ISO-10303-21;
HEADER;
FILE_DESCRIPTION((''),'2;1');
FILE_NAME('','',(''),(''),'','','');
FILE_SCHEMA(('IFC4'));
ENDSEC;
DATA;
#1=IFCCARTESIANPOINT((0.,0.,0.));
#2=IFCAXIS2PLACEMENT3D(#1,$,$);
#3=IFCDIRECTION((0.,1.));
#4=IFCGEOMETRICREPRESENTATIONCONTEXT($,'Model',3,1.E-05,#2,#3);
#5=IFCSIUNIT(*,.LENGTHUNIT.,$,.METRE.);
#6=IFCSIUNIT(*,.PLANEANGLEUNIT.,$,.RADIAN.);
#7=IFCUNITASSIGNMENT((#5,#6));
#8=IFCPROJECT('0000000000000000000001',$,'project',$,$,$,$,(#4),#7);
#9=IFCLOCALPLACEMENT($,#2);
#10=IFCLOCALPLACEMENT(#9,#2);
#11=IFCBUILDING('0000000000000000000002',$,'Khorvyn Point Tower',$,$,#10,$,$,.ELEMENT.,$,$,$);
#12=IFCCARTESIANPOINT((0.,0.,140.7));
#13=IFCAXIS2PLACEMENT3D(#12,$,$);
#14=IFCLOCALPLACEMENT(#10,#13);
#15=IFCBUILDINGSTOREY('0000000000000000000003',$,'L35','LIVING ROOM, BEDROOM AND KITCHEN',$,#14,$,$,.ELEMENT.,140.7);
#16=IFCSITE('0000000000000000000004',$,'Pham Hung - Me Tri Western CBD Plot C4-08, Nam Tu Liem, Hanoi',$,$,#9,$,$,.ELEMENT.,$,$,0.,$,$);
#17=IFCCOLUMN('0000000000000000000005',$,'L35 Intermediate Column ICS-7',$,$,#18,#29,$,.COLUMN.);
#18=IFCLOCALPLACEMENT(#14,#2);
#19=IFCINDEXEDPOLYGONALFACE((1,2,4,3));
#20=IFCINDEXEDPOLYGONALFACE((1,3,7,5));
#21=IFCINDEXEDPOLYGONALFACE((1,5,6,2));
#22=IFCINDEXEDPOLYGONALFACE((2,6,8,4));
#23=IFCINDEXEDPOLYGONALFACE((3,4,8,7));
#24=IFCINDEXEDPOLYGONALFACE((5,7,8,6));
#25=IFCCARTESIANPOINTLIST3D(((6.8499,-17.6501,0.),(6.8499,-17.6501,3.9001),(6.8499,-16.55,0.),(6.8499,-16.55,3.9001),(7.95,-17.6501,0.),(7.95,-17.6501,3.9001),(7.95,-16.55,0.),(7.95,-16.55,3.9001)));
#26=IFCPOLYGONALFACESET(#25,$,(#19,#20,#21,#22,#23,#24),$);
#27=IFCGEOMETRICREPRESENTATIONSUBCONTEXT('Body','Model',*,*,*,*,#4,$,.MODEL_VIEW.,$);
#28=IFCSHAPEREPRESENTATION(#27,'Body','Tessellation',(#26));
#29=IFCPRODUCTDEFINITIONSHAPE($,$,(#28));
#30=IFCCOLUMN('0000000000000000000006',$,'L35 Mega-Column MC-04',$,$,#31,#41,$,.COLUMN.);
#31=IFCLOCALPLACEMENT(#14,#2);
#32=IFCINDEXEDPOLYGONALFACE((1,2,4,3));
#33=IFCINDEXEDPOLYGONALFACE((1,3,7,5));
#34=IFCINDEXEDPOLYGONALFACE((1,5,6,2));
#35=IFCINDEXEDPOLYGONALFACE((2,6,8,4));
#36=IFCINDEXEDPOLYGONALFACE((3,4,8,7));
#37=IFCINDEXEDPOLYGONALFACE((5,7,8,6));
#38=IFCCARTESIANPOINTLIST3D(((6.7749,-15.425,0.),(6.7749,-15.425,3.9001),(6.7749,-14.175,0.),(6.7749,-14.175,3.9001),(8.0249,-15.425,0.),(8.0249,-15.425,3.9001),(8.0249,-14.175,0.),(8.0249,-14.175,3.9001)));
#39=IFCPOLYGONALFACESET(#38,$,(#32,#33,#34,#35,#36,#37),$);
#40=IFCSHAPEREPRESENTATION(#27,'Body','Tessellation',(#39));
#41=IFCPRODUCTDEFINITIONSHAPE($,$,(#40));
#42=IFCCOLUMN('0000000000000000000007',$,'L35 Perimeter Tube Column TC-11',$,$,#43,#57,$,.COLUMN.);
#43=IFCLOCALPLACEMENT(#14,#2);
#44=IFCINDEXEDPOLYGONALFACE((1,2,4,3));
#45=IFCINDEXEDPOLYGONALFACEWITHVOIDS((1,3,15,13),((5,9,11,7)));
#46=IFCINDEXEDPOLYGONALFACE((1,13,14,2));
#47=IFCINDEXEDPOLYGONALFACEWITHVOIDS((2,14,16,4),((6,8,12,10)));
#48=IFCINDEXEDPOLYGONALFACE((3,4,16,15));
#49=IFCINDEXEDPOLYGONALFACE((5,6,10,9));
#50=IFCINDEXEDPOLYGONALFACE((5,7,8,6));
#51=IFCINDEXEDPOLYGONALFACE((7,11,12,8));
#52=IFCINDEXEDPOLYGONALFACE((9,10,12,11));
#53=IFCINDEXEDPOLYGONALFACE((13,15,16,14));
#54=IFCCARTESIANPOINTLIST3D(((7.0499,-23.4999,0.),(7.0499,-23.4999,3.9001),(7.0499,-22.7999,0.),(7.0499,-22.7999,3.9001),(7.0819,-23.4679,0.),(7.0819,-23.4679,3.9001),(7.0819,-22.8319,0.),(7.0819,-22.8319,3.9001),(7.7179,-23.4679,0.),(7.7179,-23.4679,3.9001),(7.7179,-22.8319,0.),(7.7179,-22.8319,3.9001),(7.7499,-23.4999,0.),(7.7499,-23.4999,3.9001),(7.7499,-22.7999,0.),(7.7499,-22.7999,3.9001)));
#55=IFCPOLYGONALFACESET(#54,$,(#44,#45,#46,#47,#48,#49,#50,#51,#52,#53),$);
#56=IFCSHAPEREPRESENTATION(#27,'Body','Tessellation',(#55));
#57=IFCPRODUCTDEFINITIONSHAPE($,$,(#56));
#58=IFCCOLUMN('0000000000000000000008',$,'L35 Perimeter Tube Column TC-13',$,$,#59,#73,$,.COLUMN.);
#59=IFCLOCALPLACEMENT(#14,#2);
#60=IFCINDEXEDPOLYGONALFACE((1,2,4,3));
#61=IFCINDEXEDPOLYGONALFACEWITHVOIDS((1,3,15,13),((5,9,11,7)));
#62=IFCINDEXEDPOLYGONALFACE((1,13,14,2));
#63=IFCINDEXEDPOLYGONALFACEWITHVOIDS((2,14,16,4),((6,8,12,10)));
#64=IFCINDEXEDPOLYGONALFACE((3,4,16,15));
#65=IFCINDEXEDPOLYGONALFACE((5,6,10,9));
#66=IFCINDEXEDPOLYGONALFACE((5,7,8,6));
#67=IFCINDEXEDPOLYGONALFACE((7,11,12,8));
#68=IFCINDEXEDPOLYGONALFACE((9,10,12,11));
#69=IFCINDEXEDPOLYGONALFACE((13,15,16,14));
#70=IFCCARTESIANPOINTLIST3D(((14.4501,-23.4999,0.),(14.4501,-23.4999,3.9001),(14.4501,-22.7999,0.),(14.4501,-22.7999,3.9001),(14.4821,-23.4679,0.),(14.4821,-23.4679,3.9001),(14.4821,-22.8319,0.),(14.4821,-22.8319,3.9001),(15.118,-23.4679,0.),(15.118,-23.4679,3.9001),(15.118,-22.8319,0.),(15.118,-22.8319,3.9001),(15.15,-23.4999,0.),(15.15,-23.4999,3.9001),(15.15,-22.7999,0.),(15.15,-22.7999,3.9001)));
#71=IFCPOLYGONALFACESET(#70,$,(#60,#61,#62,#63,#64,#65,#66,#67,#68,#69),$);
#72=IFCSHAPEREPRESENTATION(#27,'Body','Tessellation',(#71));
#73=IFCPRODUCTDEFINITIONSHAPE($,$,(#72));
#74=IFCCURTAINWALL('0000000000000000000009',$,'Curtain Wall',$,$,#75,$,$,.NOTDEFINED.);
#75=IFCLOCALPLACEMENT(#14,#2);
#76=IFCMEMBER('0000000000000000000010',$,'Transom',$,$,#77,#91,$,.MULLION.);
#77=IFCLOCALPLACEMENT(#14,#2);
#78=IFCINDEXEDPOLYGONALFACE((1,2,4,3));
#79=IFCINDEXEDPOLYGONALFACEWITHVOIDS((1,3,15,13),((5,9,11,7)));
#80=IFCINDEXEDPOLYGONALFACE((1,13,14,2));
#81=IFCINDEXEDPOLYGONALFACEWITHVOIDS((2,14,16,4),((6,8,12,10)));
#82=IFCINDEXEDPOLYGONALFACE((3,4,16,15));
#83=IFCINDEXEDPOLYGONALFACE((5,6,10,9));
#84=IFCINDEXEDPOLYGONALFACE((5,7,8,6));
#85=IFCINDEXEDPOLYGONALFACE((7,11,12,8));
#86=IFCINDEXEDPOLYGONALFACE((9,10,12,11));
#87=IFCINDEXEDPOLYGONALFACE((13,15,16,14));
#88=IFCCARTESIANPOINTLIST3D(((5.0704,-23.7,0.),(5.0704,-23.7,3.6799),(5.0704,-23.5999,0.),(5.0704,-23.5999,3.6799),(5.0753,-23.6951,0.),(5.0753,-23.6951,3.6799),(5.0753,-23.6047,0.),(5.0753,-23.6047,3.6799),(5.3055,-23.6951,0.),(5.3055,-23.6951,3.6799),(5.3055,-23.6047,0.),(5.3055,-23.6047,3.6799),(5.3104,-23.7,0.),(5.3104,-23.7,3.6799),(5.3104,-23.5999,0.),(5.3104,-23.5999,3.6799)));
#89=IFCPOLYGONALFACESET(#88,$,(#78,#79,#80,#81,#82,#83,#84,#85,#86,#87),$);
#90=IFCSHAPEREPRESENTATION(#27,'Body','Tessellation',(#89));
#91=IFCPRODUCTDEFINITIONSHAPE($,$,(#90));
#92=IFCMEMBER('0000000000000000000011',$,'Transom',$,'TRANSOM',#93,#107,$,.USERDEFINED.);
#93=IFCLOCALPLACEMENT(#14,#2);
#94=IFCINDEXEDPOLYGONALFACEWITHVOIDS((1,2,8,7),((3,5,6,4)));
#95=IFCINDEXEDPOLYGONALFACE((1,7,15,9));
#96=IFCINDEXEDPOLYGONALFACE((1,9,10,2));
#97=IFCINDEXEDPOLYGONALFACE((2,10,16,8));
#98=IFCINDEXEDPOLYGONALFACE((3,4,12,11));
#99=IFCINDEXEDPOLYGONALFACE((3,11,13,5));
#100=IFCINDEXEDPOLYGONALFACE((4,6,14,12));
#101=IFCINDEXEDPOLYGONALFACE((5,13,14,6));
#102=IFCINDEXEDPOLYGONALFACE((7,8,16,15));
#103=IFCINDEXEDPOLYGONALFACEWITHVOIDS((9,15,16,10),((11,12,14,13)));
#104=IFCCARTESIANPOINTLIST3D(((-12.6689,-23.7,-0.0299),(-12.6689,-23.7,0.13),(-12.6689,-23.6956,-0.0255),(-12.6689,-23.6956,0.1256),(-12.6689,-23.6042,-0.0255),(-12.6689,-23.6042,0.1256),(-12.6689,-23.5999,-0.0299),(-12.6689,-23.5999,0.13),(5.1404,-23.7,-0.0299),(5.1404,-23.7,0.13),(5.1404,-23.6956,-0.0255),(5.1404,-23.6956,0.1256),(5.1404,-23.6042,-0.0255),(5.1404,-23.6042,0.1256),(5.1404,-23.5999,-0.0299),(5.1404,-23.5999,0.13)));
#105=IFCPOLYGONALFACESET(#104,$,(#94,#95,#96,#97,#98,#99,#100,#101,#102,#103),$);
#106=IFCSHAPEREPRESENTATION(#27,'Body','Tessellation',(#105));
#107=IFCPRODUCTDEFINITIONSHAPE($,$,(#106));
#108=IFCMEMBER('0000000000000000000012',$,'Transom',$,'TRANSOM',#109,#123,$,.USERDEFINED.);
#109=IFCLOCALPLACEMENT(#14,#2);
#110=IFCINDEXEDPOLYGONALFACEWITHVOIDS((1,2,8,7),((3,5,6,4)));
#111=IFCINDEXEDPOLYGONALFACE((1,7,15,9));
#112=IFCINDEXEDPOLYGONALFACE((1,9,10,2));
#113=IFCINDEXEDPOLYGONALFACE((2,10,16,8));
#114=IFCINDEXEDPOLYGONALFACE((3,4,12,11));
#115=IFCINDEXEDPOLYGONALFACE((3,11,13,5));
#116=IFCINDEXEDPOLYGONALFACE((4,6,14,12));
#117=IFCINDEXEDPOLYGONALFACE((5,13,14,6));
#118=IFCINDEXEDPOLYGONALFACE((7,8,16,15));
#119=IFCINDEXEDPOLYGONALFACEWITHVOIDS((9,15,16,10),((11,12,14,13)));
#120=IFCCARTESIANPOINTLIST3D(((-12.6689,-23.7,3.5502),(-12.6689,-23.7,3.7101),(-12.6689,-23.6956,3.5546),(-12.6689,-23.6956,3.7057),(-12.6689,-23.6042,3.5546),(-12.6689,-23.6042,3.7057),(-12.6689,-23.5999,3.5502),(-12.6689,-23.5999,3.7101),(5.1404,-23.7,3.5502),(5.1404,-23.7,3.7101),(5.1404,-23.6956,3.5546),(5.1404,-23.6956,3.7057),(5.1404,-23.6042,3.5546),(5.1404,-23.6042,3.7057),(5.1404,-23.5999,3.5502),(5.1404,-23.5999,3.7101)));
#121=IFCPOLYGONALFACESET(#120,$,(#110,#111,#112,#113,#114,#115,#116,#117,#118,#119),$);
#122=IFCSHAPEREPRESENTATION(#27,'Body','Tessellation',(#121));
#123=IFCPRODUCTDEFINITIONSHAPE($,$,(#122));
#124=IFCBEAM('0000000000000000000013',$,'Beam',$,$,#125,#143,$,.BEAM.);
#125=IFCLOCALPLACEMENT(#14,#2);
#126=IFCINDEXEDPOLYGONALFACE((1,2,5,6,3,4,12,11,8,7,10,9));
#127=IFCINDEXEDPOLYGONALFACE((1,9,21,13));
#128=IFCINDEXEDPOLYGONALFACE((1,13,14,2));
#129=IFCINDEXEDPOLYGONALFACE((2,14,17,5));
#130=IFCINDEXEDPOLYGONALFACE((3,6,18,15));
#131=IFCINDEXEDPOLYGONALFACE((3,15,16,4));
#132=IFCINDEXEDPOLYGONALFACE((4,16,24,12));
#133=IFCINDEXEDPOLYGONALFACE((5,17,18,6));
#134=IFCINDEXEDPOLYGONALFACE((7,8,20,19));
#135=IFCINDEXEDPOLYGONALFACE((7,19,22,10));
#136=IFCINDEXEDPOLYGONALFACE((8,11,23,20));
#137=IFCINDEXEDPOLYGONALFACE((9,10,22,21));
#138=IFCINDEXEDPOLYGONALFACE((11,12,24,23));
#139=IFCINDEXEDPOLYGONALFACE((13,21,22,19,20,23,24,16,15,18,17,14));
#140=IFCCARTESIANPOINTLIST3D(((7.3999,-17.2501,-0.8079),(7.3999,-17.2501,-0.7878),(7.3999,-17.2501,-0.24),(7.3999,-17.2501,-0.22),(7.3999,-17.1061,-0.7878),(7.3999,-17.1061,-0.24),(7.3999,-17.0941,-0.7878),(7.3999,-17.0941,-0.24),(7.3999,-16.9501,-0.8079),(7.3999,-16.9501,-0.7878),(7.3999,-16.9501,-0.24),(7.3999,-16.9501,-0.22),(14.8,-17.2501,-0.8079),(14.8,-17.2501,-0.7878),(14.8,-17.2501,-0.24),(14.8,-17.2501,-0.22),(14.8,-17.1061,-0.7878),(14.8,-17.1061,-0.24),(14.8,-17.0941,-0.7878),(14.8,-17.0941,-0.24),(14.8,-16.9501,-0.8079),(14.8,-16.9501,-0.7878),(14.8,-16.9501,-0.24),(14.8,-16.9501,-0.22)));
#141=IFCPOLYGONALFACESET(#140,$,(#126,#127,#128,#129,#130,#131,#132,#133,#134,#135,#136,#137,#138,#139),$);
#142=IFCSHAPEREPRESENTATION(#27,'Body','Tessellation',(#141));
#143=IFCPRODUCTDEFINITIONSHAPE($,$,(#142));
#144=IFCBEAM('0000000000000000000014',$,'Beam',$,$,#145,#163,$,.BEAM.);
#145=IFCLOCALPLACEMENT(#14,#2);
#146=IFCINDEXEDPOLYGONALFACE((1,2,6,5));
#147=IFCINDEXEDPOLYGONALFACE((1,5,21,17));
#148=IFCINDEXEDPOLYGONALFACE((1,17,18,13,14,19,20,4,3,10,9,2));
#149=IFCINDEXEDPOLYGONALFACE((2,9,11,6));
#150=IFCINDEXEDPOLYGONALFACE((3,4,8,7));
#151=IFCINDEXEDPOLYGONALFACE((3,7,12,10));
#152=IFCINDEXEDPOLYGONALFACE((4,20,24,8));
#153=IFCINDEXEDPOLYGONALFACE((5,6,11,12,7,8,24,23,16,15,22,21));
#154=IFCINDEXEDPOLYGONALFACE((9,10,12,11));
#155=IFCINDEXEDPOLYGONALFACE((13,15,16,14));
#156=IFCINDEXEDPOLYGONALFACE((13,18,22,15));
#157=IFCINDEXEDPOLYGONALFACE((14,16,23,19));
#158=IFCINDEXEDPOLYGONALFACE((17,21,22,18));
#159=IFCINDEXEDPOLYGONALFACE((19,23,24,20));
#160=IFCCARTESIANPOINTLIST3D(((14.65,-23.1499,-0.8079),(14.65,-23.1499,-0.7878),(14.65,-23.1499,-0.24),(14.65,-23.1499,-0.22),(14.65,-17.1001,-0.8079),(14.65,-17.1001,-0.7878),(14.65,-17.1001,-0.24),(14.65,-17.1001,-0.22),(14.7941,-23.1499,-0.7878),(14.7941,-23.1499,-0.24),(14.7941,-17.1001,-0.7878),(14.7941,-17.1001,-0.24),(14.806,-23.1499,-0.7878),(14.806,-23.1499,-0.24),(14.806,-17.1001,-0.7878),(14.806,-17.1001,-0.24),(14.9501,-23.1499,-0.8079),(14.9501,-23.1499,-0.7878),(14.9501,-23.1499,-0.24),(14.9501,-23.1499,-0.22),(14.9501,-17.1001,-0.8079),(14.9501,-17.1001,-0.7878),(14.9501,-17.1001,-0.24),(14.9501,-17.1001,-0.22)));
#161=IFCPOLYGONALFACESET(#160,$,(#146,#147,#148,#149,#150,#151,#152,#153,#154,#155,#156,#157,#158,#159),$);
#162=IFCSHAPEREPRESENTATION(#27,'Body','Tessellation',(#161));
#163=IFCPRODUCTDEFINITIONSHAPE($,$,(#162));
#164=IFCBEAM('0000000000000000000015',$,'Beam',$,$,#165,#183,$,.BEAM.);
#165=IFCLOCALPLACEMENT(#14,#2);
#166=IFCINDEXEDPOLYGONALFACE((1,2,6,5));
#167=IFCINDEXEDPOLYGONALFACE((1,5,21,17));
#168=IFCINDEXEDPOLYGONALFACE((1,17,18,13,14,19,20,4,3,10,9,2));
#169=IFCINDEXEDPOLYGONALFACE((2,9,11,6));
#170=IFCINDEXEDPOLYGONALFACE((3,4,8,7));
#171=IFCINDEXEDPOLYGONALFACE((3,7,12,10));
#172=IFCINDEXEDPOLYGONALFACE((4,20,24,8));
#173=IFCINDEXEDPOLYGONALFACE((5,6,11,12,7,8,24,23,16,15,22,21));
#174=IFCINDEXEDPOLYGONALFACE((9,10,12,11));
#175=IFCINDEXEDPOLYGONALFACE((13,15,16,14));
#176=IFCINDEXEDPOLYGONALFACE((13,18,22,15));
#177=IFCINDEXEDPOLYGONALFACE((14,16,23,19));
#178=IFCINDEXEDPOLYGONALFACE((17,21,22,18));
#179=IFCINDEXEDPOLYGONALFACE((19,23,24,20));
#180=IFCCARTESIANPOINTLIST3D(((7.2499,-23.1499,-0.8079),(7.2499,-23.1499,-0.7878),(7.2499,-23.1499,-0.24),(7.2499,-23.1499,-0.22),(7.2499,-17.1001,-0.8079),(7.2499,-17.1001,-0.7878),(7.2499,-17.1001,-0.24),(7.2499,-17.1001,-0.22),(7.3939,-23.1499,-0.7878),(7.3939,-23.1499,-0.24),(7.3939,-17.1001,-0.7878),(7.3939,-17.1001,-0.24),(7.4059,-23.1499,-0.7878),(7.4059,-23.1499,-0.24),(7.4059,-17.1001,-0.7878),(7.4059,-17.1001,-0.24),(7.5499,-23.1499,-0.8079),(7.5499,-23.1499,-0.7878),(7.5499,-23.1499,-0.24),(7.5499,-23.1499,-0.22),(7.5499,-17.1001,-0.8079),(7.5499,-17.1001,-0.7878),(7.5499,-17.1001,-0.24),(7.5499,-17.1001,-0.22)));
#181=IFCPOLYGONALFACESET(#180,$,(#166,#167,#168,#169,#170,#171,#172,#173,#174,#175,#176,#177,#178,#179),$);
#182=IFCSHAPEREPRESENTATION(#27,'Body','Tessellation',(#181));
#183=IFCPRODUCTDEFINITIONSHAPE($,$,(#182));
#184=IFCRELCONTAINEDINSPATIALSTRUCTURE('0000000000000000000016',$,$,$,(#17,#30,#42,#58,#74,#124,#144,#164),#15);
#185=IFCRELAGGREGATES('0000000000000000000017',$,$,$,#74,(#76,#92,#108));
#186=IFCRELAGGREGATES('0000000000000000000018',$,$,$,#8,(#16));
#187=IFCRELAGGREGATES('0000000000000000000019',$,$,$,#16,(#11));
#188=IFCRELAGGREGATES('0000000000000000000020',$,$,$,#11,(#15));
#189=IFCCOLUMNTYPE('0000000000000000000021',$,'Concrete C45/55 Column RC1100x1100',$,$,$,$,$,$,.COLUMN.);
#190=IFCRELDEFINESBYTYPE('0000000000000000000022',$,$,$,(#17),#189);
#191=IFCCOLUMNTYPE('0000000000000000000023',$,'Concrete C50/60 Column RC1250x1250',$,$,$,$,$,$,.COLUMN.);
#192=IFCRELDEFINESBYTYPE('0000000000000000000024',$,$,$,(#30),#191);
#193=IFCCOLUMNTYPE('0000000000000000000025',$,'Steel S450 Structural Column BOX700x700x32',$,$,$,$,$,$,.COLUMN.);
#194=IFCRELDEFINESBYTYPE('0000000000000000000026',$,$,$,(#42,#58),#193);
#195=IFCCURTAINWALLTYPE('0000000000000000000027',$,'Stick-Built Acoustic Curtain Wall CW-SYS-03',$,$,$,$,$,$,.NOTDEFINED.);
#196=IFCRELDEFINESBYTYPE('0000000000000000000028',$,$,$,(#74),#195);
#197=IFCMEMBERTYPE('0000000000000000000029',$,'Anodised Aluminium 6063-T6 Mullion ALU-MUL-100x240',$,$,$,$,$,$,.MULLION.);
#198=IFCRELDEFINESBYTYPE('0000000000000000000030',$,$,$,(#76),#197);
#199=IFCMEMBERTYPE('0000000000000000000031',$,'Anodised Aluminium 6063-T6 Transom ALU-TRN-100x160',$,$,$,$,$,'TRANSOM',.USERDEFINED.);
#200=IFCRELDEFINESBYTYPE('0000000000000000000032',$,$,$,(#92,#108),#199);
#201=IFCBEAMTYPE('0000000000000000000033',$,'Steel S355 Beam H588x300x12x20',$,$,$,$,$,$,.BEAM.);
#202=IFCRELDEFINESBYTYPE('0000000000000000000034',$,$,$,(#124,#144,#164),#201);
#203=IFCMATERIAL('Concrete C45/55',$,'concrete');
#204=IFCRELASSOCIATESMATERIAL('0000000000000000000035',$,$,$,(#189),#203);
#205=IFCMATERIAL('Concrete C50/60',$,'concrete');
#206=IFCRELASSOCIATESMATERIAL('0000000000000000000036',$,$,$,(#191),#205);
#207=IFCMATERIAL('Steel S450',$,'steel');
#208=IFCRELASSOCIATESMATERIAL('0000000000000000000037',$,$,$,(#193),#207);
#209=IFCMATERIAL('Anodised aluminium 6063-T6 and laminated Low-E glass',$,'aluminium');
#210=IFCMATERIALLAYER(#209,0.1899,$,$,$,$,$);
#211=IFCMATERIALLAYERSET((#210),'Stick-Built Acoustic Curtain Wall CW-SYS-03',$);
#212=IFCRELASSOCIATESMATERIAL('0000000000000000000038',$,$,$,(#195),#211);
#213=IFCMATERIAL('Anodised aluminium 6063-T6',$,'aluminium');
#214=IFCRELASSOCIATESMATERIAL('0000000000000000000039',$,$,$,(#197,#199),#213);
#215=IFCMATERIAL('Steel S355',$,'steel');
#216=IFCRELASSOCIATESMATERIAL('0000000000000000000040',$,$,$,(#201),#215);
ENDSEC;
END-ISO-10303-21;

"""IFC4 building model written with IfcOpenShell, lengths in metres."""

from ifc_helpers import new_model, si_unit, direction, frame, origin, origin_2d, place, context, subcontext, project, spatial, rectangle, hollow_rectangle, i_section, extrude, material, layer, layer_set, material_profile, profile_set, type_object, element, aggregate, save


model = new_model("IFC4")

# Units and contexts
model_context = context("Model", 3, precision=1e-05, world=origin(), true_north=direction((0.0, 1.0)))
body_context = subcontext(model_context, "Body", "Model", "MODEL_VIEW")
ifc_project = project(units=[si_unit("LENGTHUNIT", "METRE"), si_unit("PLANEANGLEUNIT", "RADIAN")], contexts=[model_context])

# Site, building, storey
site_placement = place(None, origin())
site = spatial("IfcSite", under=ifc_project, at=site_placement, Name="Pham Hung - Me Tri Western CBD Plot C4-08, Nam Tu Liem, Hanoi", CompositionType="ELEMENT", RefElevation=0.0)
building_placement = place(site_placement, origin())
building = spatial("IfcBuilding", under=site, at=building_placement, Name="Khorvyn Point Tower", CompositionType="ELEMENT")
storey_placement = place(building_placement, frame((0.0, 0.0, 140.7)))
storey = spatial("IfcBuildingStorey", under=building, at=storey_placement, Name="L35", Description="LIVING ROOM, BEDROOM AND KITCHEN", CompositionType="ELEMENT", Elevation=140.7)

# Columns
ifc_material_1 = material(Name="Concrete C45/55", Category="concrete")
ifc_material_profile_1 = material_profile(ifc_material_1, rectangle(XDim=1.1001, YDim=1.1001, at=origin_2d()))
ifc_profile_set_1 = profile_set([ifc_material_profile_1], Name="Concrete C45/55 RC1100x1100")
column_type_1 = type_object("IfcColumnType", Name="Concrete C45/55 Column RC1100x1100", PredefinedType="COLUMN", material=ifc_profile_set_1)
column_1_placement = place(storey_placement, frame((7.3999, -17.1001, 0.0), z_axis=(0.0, 0.0, 1.0), x_axis=(1.0, 0.0, 0.0)))
element("IfcColumn", 1, at=column_1_placement, inside=storey, type_object=column_type_1, Name="L35 Intermediate Column ICS-7", PredefinedType="COLUMN", context=body_context, shape_type="SweptSolid", body=[
    extrude(rectangle(XDim=1.1001, YDim=1.1001, at=origin_2d()), origin(), (0.0, 0.0, 1.0), 3.9001),
])
ifc_material_2 = material(Name="Concrete C50/60", Category="concrete")
ifc_material_profile_2 = material_profile(ifc_material_2, rectangle(XDim=1.25, YDim=1.25, at=origin_2d()))
ifc_profile_set_2 = profile_set([ifc_material_profile_2], Name="Concrete C50/60 RC1250x1250")
column_type_2 = type_object("IfcColumnType", Name="Concrete C50/60 Column RC1250x1250", PredefinedType="COLUMN", material=ifc_profile_set_2)
column_2_placement = place(storey_placement, frame((7.3999, -14.8, 0.0), z_axis=(0.0, 0.0, 1.0), x_axis=(1.0, 0.0, 0.0)))
element("IfcColumn", 2, at=column_2_placement, inside=storey, type_object=column_type_2, Name="L35 Mega-Column MC-04", PredefinedType="COLUMN", context=body_context, shape_type="SweptSolid", body=[
    extrude(rectangle(XDim=1.25, YDim=1.25, at=origin_2d()), origin(), (0.0, 0.0, 1.0), 3.9001),
])
ifc_material_3 = material(Name="Steel S450", Category="steel")
ifc_material_profile_3 = material_profile(ifc_material_3, hollow_rectangle(XDim=0.7, YDim=0.7, WallThickness=0.032, at=origin_2d()))
ifc_profile_set_3 = profile_set([ifc_material_profile_3], Name="Steel S450 BOX700x700x32")
column_type_3 = type_object("IfcColumnType", Name="Steel S450 Structural Column BOX700x700x32", PredefinedType="COLUMN", material=ifc_profile_set_3)
for number, where, z_axis, x_axis, name in (
    (3, (7.3999, -23.1499, 0.0), (0.0, 0.0, 1.0), (1.0, 0.0, 0.0), "L35 Perimeter Tube Column TC-11"),
    (4, (14.8, -23.1499, 0.0), (0.0, 0.0, 1.0), (1.0, 0.0, 0.0), "L35 Perimeter Tube Column TC-13"),
):
    element("IfcColumn", number, at=place(storey_placement, frame(where, z_axis=z_axis, x_axis=x_axis)), inside=storey, type_object=column_type_3, Name=name, PredefinedType="COLUMN", context=body_context, shape_type="SweptSolid", body=[
        extrude(hollow_rectangle(XDim=0.7, YDim=0.7, WallThickness=0.032, at=origin_2d()), origin(), (0.0, 0.0, 1.0), 3.9001),
    ])

# Curtain wall, members
ifc_material_4 = material(Name="Anodised aluminium 6063-T6 and laminated Low-E glass", Category="aluminium")
ifc_layer_1 = layer(ifc_material_4, 0.1899)
ifc_layer_set_1 = layer_set([ifc_layer_1], Name="Stick-Built Acoustic Curtain Wall CW-SYS-03")
curtain_wall_type = type_object("IfcCurtainWallType", Name="Stick-Built Acoustic Curtain Wall CW-SYS-03", PredefinedType="NOTDEFINED", material=ifc_layer_set_1)
curtain_wall_placement = place(storey_placement, origin())
curtain_wall = element("IfcCurtainWall", 5, at=curtain_wall_placement, inside=storey, type_object=curtain_wall_type, Name="Curtain Wall", PredefinedType="NOTDEFINED")
ifc_material_5 = material(Name="Anodised aluminium 6063-T6", Category="aluminium")
ifc_material_profile_4 = material_profile(ifc_material_5, hollow_rectangle(XDim=0.1001, YDim=0.24, WallThickness=0.0049, at=origin_2d()))
ifc_profile_set_4 = profile_set([ifc_material_profile_4], Name="Anodised aluminium 6063-T6 ALU-MUL-100x240")
member_type_1 = type_object("IfcMemberType", Name="Anodised Aluminium 6063-T6 Mullion ALU-MUL-100x240", PredefinedType="MULLION", material=ifc_profile_set_4)
member_1_placement = place(storey_placement, frame((5.1904, -23.6499, 0.0), z_axis=(0.0, 0.0, 1.0), x_axis=(0.0, -1.0, 0.0)))
member_1 = element("IfcMember", 6, at=member_1_placement, type_object=member_type_1, Name="Transom", PredefinedType="MULLION", context=body_context, shape_type="SweptSolid", body=[
    extrude(hollow_rectangle(XDim=0.1001, YDim=0.24, WallThickness=0.0049, at=origin_2d()), origin(), (0.0, 0.0, 1.0), 3.6799),
])
ifc_material_profile_5 = material_profile(ifc_material_5, hollow_rectangle(XDim=0.1001, YDim=0.1599, WallThickness=0.0044, at=origin_2d()))
ifc_profile_set_5 = profile_set([ifc_material_profile_5], Name="Anodised aluminium 6063-T6 ALU-TRN-100x160")
member_type_2 = type_object("IfcMemberType", Name="Anodised Aluminium 6063-T6 Transom ALU-TRN-100x160", ElementType="TRANSOM", PredefinedType="USERDEFINED", material=ifc_profile_set_5)
member_2_placement = place(storey_placement, frame((5.1404, -23.6499, 0.05), z_axis=(-1.0, 0.0, 0.0), x_axis=(0.0, -1.0, 0.0)))
member_2 = element("IfcMember", 7, at=member_2_placement, type_object=member_type_2, Name="Transom", ObjectType="TRANSOM", PredefinedType="USERDEFINED", context=body_context, shape_type="SweptSolid", body=[
    extrude(hollow_rectangle(XDim=0.1001, YDim=0.1599, WallThickness=0.0044, at=origin_2d()), origin(), (0.0, 0.0, 1.0), 17.8093),
])
member_3_placement = place(storey_placement, frame((5.1404, -23.6499, 3.6301), z_axis=(-1.0, 0.0, 0.0), x_axis=(0.0, -1.0, 0.0)))
member_3 = element("IfcMember", 8, at=member_3_placement, type_object=member_type_2, Name="Transom", ObjectType="TRANSOM", PredefinedType="USERDEFINED", context=body_context, shape_type="SweptSolid", body=[
    extrude(hollow_rectangle(XDim=0.1001, YDim=0.1599, WallThickness=0.0044, at=origin_2d()), origin(), (0.0, 0.0, 1.0), 17.8093),
])

# Beams
ifc_material_6 = material(Name="Steel S355", Category="steel")
ifc_material_profile_6 = material_profile(ifc_material_6, i_section(OverallWidth=0.3, OverallDepth=0.5879, WebThickness=0.012, FlangeThickness=0.02, at=origin_2d()))
ifc_profile_set_6 = profile_set([ifc_material_profile_6], Name="Steel S355 H588x300x12x20")
beam_type_1 = type_object("IfcBeamType", Name="Steel S355 Beam H588x300x12x20", PredefinedType="BEAM", material=ifc_profile_set_6)
beam_1_placement = place(storey_placement, frame((7.3999, -17.1001, -0.5139), z_axis=(1.0, 0.0, 0.0), x_axis=(0.0, 1.0, 0.0)))
element("IfcBeam", 9, at=beam_1_placement, inside=storey, type_object=beam_type_1, Name="Beam", PredefinedType="BEAM", context=body_context, shape_type="SweptSolid", body=[
    extrude(i_section(OverallWidth=0.3, OverallDepth=0.5879, WebThickness=0.012, FlangeThickness=0.02, at=origin_2d()), origin(), (0.0, 0.0, 1.0), 7.4001),
])
for number, where, z_axis, x_axis, name in (
    (10, (14.8, -23.1499, -0.5139), (0.0, 1.0, 0.0), (-1.0, 0.0, 0.0), "Beam"),
    (11, (7.3999, -23.1499, -0.5139), (0.0, 1.0, 0.0), (-1.0, 0.0, 0.0), "Beam"),
):
    element("IfcBeam", number, at=place(storey_placement, frame(where, z_axis=z_axis, x_axis=x_axis)), inside=storey, type_object=beam_type_1, Name=name, PredefinedType="BEAM", context=body_context, shape_type="SweptSolid", body=[
        extrude(i_section(OverallWidth=0.3, OverallDepth=0.5879, WebThickness=0.012, FlangeThickness=0.02, at=origin_2d()), origin(), (0.0, 0.0, 1.0), 6.0498),
    ])

aggregate(curtain_wall, [member_1, member_2, member_3])

save(model, "model.ifc")
